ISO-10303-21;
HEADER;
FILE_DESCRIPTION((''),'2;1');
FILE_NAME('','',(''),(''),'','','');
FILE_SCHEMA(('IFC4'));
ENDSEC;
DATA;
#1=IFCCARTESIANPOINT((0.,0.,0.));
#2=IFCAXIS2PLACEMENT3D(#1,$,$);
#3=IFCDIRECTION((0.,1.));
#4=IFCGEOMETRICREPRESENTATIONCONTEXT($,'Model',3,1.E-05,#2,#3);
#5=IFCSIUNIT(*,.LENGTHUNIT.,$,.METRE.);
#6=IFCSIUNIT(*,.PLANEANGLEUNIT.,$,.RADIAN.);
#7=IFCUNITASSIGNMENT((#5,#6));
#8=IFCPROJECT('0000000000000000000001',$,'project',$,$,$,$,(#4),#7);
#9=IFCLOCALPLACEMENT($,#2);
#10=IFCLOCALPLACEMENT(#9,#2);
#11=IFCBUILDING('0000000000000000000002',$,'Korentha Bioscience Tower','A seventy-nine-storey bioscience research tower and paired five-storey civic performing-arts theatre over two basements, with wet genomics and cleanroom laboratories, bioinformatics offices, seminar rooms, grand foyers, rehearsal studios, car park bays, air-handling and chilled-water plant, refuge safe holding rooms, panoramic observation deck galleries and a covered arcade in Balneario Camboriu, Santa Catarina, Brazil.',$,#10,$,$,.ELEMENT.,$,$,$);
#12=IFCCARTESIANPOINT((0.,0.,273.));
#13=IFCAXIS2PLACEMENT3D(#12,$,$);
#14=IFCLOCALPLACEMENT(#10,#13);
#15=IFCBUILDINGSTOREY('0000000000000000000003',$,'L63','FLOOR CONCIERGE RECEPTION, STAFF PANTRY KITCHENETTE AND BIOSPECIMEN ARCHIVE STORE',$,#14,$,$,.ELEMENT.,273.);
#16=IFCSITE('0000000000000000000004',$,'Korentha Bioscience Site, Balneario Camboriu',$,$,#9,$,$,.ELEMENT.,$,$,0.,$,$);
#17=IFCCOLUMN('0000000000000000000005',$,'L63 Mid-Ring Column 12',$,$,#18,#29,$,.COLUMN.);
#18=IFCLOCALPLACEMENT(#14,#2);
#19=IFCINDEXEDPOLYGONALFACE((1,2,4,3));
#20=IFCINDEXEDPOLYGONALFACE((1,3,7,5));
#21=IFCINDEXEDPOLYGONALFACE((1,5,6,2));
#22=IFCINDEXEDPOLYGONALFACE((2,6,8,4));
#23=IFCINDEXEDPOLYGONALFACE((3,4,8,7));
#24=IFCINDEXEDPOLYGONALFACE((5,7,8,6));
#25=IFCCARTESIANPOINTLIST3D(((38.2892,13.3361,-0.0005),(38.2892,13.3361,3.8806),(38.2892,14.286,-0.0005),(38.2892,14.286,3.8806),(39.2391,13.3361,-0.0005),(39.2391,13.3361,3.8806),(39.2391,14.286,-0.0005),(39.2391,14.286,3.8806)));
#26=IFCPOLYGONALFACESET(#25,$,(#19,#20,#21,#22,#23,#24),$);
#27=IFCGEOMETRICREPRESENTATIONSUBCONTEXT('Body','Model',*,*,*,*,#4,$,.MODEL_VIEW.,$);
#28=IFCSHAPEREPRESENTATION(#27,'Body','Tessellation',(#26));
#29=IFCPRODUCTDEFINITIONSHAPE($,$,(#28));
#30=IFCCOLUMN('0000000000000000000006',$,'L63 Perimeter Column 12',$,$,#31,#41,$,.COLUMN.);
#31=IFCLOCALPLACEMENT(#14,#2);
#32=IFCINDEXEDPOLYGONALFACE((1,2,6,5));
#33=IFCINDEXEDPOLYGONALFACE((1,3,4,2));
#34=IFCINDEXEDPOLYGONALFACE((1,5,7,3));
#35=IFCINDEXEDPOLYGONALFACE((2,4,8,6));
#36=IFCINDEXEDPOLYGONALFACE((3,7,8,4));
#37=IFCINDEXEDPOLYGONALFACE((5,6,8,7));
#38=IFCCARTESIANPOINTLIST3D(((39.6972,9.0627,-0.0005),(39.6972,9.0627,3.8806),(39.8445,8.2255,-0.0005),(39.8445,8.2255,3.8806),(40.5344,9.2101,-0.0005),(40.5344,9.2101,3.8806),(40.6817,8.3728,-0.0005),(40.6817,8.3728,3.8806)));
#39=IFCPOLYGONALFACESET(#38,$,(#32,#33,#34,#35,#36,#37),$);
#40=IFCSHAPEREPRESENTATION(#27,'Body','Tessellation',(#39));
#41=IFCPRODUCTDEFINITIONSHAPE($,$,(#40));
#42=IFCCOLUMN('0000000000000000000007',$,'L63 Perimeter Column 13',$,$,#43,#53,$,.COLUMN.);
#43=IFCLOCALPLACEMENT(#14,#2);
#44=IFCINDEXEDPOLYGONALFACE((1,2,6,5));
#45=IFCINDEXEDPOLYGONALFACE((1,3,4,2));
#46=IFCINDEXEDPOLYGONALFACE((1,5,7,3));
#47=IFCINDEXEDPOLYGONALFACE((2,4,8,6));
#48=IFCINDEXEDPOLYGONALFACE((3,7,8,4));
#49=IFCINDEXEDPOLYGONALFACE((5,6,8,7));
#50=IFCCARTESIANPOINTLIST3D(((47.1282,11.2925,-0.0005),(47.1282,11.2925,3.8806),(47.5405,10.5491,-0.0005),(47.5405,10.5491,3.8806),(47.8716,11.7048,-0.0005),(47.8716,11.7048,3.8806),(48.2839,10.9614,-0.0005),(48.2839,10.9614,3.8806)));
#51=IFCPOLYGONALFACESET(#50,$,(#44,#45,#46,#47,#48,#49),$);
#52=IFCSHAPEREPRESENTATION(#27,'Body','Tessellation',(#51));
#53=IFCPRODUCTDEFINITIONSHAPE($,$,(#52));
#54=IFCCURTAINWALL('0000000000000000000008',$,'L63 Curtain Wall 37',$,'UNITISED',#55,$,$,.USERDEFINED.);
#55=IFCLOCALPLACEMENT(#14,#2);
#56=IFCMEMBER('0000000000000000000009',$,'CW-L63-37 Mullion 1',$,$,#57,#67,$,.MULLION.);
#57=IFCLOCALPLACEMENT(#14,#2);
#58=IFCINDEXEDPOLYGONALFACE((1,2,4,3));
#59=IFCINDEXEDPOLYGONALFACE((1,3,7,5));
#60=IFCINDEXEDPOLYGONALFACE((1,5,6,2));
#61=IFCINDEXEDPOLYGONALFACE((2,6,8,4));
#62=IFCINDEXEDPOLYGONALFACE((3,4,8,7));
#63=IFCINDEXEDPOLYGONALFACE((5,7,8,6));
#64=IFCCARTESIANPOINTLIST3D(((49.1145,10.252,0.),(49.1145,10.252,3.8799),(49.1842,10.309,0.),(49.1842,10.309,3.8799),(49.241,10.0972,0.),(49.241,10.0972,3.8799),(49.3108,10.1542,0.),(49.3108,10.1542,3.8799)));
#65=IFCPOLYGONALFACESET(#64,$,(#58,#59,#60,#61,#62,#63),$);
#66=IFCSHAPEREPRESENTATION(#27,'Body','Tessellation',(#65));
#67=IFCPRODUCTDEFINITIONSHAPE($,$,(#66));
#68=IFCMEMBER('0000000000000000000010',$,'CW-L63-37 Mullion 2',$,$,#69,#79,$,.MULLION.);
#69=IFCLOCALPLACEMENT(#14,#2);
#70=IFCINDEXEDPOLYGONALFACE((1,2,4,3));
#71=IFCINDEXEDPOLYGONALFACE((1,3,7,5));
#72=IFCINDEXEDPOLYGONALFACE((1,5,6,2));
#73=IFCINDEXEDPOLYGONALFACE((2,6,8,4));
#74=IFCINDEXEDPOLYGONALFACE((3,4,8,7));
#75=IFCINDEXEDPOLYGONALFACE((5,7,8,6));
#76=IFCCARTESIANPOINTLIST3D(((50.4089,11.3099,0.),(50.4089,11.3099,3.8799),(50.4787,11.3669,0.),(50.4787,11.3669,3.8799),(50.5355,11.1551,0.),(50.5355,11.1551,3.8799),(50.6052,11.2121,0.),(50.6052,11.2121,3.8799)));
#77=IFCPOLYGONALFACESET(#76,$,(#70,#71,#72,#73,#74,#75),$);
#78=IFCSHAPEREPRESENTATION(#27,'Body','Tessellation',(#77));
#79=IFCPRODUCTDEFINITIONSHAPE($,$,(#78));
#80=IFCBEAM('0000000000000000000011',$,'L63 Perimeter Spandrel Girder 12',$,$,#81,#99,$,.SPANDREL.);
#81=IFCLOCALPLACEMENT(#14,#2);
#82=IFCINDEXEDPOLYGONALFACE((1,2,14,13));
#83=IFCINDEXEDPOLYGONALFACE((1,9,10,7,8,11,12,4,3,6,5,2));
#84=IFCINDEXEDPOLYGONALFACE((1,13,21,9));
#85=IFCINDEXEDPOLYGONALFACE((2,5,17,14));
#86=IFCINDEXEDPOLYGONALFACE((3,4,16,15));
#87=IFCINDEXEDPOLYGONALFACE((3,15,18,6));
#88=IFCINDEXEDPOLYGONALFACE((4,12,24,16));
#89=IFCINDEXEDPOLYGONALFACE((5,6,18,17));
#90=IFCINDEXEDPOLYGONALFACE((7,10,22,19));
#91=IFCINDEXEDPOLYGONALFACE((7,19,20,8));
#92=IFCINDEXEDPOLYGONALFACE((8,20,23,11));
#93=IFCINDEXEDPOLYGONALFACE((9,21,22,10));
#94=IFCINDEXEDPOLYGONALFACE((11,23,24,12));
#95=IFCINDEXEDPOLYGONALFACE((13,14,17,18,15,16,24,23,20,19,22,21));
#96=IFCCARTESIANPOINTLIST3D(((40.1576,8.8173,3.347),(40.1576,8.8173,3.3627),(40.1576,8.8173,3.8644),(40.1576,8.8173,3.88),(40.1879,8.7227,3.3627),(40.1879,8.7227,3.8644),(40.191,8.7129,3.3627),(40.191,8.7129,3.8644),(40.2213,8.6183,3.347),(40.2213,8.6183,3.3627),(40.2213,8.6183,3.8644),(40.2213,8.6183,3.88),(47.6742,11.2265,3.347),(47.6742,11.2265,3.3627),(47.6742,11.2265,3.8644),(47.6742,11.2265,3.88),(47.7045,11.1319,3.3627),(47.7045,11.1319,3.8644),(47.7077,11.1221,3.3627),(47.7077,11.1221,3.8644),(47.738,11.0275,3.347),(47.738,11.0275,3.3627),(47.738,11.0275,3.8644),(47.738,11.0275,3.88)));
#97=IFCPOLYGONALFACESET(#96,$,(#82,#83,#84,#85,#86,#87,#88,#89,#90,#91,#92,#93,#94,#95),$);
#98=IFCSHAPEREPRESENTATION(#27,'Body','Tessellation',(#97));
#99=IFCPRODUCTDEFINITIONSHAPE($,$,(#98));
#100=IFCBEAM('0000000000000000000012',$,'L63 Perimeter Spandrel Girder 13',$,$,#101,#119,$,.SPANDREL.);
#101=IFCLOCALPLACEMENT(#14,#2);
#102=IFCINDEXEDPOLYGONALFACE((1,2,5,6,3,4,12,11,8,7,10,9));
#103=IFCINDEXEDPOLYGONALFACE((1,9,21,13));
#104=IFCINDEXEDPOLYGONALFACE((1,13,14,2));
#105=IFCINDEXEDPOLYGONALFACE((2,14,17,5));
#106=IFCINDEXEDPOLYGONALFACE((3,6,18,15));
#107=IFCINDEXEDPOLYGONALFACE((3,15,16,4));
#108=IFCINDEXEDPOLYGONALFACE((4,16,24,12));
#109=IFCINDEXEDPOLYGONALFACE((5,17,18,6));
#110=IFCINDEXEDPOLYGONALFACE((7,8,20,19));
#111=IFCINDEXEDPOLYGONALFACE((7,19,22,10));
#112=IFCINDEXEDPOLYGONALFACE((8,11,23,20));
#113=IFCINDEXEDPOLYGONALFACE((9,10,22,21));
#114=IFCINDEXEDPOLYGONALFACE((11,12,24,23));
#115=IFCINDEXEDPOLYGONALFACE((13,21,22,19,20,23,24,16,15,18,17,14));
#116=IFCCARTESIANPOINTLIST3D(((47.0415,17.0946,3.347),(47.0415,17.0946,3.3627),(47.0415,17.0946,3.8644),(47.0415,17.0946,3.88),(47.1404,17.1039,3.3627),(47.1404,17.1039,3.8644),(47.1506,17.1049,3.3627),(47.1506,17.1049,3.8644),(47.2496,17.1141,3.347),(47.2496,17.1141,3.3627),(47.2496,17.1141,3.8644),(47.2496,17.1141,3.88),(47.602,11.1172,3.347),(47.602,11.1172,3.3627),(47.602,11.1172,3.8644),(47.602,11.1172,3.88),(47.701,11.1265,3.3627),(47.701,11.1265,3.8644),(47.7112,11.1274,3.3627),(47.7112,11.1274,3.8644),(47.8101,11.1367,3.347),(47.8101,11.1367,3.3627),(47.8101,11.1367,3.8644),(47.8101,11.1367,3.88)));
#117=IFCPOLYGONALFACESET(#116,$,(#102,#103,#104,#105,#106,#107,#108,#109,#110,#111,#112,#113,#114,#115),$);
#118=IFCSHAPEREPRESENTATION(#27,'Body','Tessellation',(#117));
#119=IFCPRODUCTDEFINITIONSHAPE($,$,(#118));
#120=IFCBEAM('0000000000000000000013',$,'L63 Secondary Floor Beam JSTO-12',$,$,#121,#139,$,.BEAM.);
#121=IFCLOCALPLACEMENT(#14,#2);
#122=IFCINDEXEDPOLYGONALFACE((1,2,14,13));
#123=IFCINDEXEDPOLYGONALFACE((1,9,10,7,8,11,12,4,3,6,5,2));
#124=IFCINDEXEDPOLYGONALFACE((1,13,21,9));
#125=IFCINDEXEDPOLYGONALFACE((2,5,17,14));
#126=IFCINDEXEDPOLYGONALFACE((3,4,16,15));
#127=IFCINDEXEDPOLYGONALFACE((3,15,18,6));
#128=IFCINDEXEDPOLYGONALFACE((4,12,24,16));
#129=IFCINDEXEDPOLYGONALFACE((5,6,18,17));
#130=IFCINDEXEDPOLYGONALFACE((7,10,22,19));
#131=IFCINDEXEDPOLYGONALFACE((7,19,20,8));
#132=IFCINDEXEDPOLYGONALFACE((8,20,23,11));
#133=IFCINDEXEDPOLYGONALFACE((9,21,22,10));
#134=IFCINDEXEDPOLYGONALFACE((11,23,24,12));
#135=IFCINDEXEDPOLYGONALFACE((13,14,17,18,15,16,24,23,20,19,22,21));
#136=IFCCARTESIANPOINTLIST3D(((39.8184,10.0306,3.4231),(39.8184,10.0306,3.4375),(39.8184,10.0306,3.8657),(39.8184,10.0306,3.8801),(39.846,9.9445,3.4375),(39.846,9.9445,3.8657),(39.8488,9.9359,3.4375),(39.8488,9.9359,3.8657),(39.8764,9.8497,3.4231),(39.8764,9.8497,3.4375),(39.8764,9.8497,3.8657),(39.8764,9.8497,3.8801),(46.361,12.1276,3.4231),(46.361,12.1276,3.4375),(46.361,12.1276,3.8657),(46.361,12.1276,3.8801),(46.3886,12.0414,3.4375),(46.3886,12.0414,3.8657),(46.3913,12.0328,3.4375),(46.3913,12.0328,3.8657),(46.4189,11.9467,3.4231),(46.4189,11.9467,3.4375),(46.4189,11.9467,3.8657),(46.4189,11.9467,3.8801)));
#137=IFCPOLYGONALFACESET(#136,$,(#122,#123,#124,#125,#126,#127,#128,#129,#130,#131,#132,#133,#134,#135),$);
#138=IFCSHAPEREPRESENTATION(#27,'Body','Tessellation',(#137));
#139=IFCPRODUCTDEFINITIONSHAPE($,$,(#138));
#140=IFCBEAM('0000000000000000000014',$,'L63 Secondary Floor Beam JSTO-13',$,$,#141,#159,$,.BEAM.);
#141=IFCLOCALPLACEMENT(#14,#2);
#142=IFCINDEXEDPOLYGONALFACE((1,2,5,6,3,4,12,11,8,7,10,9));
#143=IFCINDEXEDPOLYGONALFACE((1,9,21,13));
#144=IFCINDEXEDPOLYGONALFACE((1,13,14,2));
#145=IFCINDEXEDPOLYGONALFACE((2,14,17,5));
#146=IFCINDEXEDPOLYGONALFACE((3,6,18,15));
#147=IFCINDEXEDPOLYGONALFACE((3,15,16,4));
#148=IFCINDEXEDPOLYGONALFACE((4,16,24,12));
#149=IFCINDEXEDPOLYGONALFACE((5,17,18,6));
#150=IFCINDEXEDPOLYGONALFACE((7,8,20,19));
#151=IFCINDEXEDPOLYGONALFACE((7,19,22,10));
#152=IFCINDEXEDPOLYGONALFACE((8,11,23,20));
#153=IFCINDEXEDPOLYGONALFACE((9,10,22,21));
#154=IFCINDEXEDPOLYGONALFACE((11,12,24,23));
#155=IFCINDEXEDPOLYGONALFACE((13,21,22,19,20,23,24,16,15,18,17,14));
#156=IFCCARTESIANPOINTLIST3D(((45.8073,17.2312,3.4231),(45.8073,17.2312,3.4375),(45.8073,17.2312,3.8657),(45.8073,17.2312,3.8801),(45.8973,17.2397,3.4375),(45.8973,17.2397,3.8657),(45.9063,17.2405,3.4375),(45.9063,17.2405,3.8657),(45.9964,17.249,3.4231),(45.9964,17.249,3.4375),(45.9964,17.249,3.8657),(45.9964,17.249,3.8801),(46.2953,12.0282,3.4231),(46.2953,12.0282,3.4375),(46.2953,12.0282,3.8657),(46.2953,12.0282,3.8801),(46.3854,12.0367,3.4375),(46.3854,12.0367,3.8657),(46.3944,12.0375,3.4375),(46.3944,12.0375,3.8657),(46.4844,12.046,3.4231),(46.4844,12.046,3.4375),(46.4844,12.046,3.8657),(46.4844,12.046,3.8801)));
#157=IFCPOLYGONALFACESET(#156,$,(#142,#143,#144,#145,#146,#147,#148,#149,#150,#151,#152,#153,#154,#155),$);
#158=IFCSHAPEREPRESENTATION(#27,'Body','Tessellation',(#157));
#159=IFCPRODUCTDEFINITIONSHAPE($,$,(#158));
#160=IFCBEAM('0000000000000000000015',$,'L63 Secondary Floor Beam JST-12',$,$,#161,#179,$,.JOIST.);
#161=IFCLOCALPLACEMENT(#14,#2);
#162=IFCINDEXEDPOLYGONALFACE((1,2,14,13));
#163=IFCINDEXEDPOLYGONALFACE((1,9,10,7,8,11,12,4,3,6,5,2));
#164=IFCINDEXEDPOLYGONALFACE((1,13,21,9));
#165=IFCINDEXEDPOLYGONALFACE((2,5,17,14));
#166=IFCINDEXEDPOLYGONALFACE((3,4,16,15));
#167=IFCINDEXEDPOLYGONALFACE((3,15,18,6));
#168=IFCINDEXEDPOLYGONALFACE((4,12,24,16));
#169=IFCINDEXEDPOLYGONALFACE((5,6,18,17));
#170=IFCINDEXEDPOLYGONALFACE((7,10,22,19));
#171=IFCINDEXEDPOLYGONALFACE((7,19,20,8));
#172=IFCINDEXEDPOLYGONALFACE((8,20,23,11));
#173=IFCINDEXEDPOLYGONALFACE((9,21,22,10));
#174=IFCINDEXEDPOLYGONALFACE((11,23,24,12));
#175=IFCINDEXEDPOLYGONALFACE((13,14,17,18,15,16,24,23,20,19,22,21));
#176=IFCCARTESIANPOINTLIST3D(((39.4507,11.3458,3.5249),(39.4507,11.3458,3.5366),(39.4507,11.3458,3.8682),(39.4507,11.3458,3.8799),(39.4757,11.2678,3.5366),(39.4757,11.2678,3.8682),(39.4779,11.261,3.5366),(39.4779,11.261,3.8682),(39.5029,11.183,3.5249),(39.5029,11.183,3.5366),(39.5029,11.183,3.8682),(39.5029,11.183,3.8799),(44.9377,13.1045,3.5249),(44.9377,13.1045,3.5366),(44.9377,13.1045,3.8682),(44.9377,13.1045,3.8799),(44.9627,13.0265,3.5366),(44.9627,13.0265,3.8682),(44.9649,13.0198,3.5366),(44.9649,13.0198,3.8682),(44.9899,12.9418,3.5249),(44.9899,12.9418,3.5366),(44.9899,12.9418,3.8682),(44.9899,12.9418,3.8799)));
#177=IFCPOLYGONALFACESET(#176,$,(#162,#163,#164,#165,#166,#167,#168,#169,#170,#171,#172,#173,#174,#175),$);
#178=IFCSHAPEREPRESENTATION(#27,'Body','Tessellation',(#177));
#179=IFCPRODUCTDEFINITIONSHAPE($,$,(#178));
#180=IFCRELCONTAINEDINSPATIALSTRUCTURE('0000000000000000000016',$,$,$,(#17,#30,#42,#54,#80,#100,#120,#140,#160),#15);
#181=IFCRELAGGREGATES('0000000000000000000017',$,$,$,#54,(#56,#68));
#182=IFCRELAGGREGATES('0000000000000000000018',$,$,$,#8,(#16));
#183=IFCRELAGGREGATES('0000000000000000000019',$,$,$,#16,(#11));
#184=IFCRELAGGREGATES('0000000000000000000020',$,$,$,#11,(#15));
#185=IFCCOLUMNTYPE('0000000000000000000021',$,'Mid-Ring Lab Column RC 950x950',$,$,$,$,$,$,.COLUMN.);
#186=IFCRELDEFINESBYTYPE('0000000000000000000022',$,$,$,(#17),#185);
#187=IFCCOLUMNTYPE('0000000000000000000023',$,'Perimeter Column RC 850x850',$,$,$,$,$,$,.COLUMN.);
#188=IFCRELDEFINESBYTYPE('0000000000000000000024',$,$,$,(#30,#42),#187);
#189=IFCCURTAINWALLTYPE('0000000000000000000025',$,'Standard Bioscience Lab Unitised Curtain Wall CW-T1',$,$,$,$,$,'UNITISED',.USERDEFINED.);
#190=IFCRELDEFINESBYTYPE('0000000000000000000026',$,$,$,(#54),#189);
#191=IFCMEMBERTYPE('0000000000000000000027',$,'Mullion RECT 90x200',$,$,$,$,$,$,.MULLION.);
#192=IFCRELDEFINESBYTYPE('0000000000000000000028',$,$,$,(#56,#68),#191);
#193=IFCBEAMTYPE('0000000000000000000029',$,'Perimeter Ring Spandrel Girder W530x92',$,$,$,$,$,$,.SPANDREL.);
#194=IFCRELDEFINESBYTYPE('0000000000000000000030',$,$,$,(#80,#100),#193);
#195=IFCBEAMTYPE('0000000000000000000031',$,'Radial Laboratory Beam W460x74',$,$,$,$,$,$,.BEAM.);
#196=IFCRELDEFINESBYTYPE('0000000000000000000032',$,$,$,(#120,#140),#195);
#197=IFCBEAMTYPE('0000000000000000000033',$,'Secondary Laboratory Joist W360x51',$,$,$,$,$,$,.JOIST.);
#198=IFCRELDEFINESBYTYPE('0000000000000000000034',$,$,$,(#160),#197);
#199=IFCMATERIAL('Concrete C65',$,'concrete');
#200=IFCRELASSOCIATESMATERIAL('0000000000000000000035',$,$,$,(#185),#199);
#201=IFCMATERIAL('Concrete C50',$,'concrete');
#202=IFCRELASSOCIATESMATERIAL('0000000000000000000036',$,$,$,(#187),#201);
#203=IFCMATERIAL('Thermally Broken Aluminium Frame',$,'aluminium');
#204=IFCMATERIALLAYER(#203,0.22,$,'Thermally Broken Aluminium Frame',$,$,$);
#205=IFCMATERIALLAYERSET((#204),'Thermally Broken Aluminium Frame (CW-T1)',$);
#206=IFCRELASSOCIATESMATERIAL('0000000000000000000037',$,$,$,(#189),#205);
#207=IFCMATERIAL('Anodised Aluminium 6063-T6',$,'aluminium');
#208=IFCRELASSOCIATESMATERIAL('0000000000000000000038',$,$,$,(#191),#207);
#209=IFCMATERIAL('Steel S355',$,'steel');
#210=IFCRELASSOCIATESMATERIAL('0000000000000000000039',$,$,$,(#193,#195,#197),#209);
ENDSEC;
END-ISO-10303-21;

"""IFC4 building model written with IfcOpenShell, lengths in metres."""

from ifc_helpers import new_model, si_unit, direction, frame, origin, origin_2d, place, context, subcontext, project, spatial, rectangle, i_section, extrude, material, layer, layer_set, material_profile, profile_set, type_object, element, aggregate, save


model = new_model("IFC4")

# Units and contexts
model_context = context("Model", 3, precision=1e-05, world=origin(), true_north=direction((0.0, 1.0)))
body_context = subcontext(model_context, "Body", "Model", "MODEL_VIEW")
ifc_project = project(units=[si_unit("LENGTHUNIT", "METRE"), si_unit("PLANEANGLEUNIT", "RADIAN")], contexts=[model_context])

# Site, building, storey
site_placement = place(None, origin())
site = spatial("IfcSite", under=ifc_project, at=site_placement, Name="Korentha Bioscience Site, Balneario Camboriu", CompositionType="ELEMENT", RefElevation=0.0)
building_placement = place(site_placement, origin())
building = spatial("IfcBuilding", under=site, at=building_placement, Name="Korentha Bioscience Tower", Description="A seventy-nine-storey bioscience research tower and paired five-storey civic performing-arts theatre over two basements, with wet genomics and cleanroom laboratories, bioinformatics offices, seminar rooms, grand foyers, rehearsal studios, car park bays, air-handling and chilled-water plant, refuge safe holding rooms, panoramic observation deck galleries and a covered arcade in Balneario Camboriu, Santa Catarina, Brazil.", CompositionType="ELEMENT")
storey_placement = place(building_placement, frame((0.0, 0.0, 273.0)))
storey = spatial("IfcBuildingStorey", under=building, at=storey_placement, Name="L63", Description="FLOOR CONCIERGE RECEPTION, STAFF PANTRY KITCHENETTE AND BIOSPECIMEN ARCHIVE STORE", CompositionType="ELEMENT", Elevation=273.0)

# Columns
ifc_material_1 = material(Name="Concrete C65", Category="concrete")
ifc_material_profile_1 = material_profile(ifc_material_1, rectangle(XDim=0.95, YDim=0.95, at=origin_2d()), Name="Concrete C65")
ifc_profile_set_1 = profile_set([ifc_material_profile_1], Name="Concrete C65 (COL-MR09)")
column_type_1 = type_object("IfcColumnType", Name="Mid-Ring Lab Column RC 950x950", PredefinedType="COLUMN", material=ifc_profile_set_1)
column_placement = place(storey_placement, frame((38.7642, 13.811, -0.0005), z_axis=(0.0, 0.0, 1.0), x_axis=(1.0, 0.0, 0.0)))
element("IfcColumn", 1, at=column_placement, inside=storey, type_object=column_type_1, Name="L63 Mid-Ring Column 12", PredefinedType="COLUMN", context=body_context, shape_type="SweptSolid", body=[
    extrude(rectangle(XDim=0.95, YDim=0.95, at=origin_2d()), origin(), (0.0, 0.0, 1.0), 3.8811),
])
ifc_material_2 = material(Name="Concrete C50", Category="concrete")
ifc_material_profile_2 = material_profile(ifc_material_2, rectangle(XDim=0.8501, YDim=0.8501, at=origin_2d()), Name="Concrete C50")
ifc_profile_set_2 = profile_set([ifc_material_profile_2], Name="Concrete C50 (COL-P08)")
column_type_2 = type_object("IfcColumnType", Name="Perimeter Column RC 850x850", PredefinedType="COLUMN", material=ifc_profile_set_2)
for number, where, z_axis, x_axis, name in (
    (2, (40.1895, 8.7178, -0.0005), (0.0, 0.0, 1.0), (0.984868, 0.173304, 0.0), "L63 Perimeter Column 12"),
    (3, (47.7061, 11.127, -0.0005), (0.0, 0.0, 1.0), (0.874535, 0.484962, 0.0), "L63 Perimeter Column 13"),
):
    element("IfcColumn", number, at=place(storey_placement, frame(where, z_axis=z_axis, x_axis=x_axis)), inside=storey, type_object=column_type_2, Name=name, PredefinedType="COLUMN", context=body_context, shape_type="SweptSolid", body=[
        extrude(rectangle(XDim=0.8501, YDim=0.8501, at=origin_2d()), origin(), (0.0, 0.0, 1.0), 3.8811),
    ])

# Curtain wall, members
ifc_material_3 = material(Name="Thermally Broken Aluminium Frame", Category="aluminium")
ifc_layer_1 = layer(ifc_material_3, 0.22, Name="Thermally Broken Aluminium Frame")
ifc_layer_set_1 = layer_set([ifc_layer_1], Name="Thermally Broken Aluminium Frame (CW-T1)")
curtain_wall_type = type_object("IfcCurtainWallType", Name="Standard Bioscience Lab Unitised Curtain Wall CW-T1", ElementType="UNITISED", PredefinedType="USERDEFINED", material=ifc_layer_set_1)
curtain_wall_placement = place(storey_placement, origin())
curtain_wall = element("IfcCurtainWall", 4, at=curtain_wall_placement, inside=storey, type_object=curtain_wall_type, Name="L63 Curtain Wall 37", ObjectType="UNITISED", PredefinedType="USERDEFINED")
ifc_material_4 = material(Name="Anodised Aluminium 6063-T6", Category="aluminium")
ifc_material_profile_3 = material_profile(ifc_material_4, rectangle(XDim=0.0901, YDim=0.2, at=origin_2d()), Name="Anodised Aluminium 6063-T6")
ifc_profile_set_3 = profile_set([ifc_material_profile_3], Name="Anodised Aluminium 6063-T6 (CW-MUL)")
member_type_1 = type_object("IfcMemberType", Name="Mullion RECT 90x200", PredefinedType="MULLION", material=ifc_profile_set_3)
member_1_placement = place(storey_placement, frame((49.2126, 10.2031, 0.0), z_axis=(0.0, 0.0, 1.0), x_axis=(0.774235, 0.632898, 0.0)))
member_1 = element("IfcMember", 5, at=member_1_placement, type_object=member_type_1, Name="CW-L63-37 Mullion 1", PredefinedType="MULLION", context=body_context, shape_type="SweptSolid", body=[
    extrude(rectangle(XDim=0.0901, YDim=0.2, at=origin_2d()), origin(), (0.0, 0.0, 1.0), 3.8799),
])
member_2_placement = place(storey_placement, frame((50.5071, 11.261, 0.0), z_axis=(0.0, 0.0, 1.0), x_axis=(0.774235, 0.632898, 0.0)))
member_2 = element("IfcMember", 6, at=member_2_placement, type_object=member_type_1, Name="CW-L63-37 Mullion 2", PredefinedType="MULLION", context=body_context, shape_type="SweptSolid", body=[
    extrude(rectangle(XDim=0.0901, YDim=0.2, at=origin_2d()), origin(), (0.0, 0.0, 1.0), 3.8799),
])

# Beams
ifc_material_5 = material(Name="Steel S355", Category="steel")
ifc_material_profile_4 = material_profile(ifc_material_5, i_section(OverallWidth=0.209, OverallDepth=0.533, WebThickness=0.0103, FlangeThickness=0.0156, at=origin_2d()), Name="Steel S355")
ifc_profile_set_4 = profile_set([ifc_material_profile_4], Name="Steel S355 (SB-530)")
beam_type_1 = type_object("IfcBeamType", Name="Perimeter Ring Spandrel Girder W530x92", PredefinedType="SPANDREL", material=ifc_profile_set_4)
beam_1_placement = place(storey_placement, frame((40.1895, 8.7178, 3.6135), z_axis=(0.952282, 0.30522, 0.0), x_axis=(-0.30522, 0.952282, 0.0)))
element("IfcBeam", 7, at=beam_1_placement, inside=storey, type_object=beam_type_1, Name="L63 Perimeter Spandrel Girder 12", PredefinedType="SPANDREL", context=body_context, shape_type="SweptSolid", body=[
    extrude(i_section(OverallWidth=0.209, OverallDepth=0.533, WebThickness=0.0103, FlangeThickness=0.0156, at=origin_2d()), origin(), (0.0, 0.0, 1.0), 7.8933),
])
beam_2_placement = place(storey_placement, frame((47.7061, 11.127, 3.6135), z_axis=(-0.093366, 0.995632, 0.0), x_axis=(-0.995632, -0.093366, 0.0)))
element("IfcBeam", 8, at=beam_2_placement, inside=storey, type_object=beam_type_1, Name="L63 Perimeter Spandrel Girder 13", PredefinedType="SPANDREL", context=body_context, shape_type="SweptSolid", body=[
    extrude(i_section(OverallWidth=0.209, OverallDepth=0.533, WebThickness=0.0103, FlangeThickness=0.0156, at=origin_2d()), origin(), (0.0, 0.0, 1.0), 6.0037),
])
ifc_material_profile_5 = material_profile(ifc_material_5, i_section(OverallWidth=0.1899, OverallDepth=0.457, WebThickness=0.009, FlangeThickness=0.0144, at=origin_2d()), Name="Steel S355")
ifc_profile_set_5 = profile_set([ifc_material_profile_5], Name="Steel S355 (RB-460)")
beam_type_2 = type_object("IfcBeamType", Name="Radial Laboratory Beam W460x74", PredefinedType="BEAM", material=ifc_profile_set_5)
beam_3_placement = place(storey_placement, frame((39.8474, 9.9402, 3.6516), z_axis=(0.952283, 0.305215, 0.0), x_axis=(-0.305215, 0.952283, 0.0)))
element("IfcBeam", 9, at=beam_3_placement, inside=storey, type_object=beam_type_2, Name="L63 Secondary Floor Beam JSTO-12", PredefinedType="BEAM", context=body_context, shape_type="SweptSolid", body=[
    extrude(i_section(OverallWidth=0.1899, OverallDepth=0.457, WebThickness=0.009, FlangeThickness=0.0144, at=origin_2d()), origin(), (0.0, 0.0, 1.0), 6.8704),
])
beam_4_placement = place(storey_placement, frame((46.3899, 12.0371, 3.6516), z_axis=(-0.093391, 0.995629, 0.0), x_axis=(-0.995629, -0.093391, 0.0)))
element("IfcBeam", 10, at=beam_4_placement, inside=storey, type_object=beam_type_2, Name="L63 Secondary Floor Beam JSTO-13", PredefinedType="BEAM", context=body_context, shape_type="SweptSolid", body=[
    extrude(i_section(OverallWidth=0.1899, OverallDepth=0.457, WebThickness=0.009, FlangeThickness=0.0144, at=origin_2d()), origin(), (0.0, 0.0, 1.0), 5.2258),
])
ifc_material_profile_6 = material_profile(ifc_material_5, i_section(OverallWidth=0.1709, OverallDepth=0.355, WebThickness=0.0071, FlangeThickness=0.0117, at=origin_2d()), Name="Steel S355")
ifc_profile_set_6 = profile_set([ifc_material_profile_6], Name="Steel S355 (JB-360)")
beam_type_3 = type_object("IfcBeamType", Name="Secondary Laboratory Joist W360x51", PredefinedType="JOIST", material=ifc_profile_set_6)
beam_5_placement = place(storey_placement, frame((39.4768, 11.2644, 3.7024), z_axis=(0.952276, 0.305237, 0.0), x_axis=(-0.305237, 0.952276, 0.0)))
element("IfcBeam", 11, at=beam_5_placement, inside=storey, type_object=beam_type_3, Name="L63 Secondary Floor Beam JST-12", PredefinedType="JOIST", context=body_context, shape_type="SweptSolid", body=[
    extrude(i_section(OverallWidth=0.1709, OverallDepth=0.355, WebThickness=0.0071, FlangeThickness=0.0117, at=origin_2d()), origin(), (0.0, 0.0, 1.0), 5.762),
])

aggregate(curtain_wall, [member_1, member_2])

save(model, "model.ifc")
